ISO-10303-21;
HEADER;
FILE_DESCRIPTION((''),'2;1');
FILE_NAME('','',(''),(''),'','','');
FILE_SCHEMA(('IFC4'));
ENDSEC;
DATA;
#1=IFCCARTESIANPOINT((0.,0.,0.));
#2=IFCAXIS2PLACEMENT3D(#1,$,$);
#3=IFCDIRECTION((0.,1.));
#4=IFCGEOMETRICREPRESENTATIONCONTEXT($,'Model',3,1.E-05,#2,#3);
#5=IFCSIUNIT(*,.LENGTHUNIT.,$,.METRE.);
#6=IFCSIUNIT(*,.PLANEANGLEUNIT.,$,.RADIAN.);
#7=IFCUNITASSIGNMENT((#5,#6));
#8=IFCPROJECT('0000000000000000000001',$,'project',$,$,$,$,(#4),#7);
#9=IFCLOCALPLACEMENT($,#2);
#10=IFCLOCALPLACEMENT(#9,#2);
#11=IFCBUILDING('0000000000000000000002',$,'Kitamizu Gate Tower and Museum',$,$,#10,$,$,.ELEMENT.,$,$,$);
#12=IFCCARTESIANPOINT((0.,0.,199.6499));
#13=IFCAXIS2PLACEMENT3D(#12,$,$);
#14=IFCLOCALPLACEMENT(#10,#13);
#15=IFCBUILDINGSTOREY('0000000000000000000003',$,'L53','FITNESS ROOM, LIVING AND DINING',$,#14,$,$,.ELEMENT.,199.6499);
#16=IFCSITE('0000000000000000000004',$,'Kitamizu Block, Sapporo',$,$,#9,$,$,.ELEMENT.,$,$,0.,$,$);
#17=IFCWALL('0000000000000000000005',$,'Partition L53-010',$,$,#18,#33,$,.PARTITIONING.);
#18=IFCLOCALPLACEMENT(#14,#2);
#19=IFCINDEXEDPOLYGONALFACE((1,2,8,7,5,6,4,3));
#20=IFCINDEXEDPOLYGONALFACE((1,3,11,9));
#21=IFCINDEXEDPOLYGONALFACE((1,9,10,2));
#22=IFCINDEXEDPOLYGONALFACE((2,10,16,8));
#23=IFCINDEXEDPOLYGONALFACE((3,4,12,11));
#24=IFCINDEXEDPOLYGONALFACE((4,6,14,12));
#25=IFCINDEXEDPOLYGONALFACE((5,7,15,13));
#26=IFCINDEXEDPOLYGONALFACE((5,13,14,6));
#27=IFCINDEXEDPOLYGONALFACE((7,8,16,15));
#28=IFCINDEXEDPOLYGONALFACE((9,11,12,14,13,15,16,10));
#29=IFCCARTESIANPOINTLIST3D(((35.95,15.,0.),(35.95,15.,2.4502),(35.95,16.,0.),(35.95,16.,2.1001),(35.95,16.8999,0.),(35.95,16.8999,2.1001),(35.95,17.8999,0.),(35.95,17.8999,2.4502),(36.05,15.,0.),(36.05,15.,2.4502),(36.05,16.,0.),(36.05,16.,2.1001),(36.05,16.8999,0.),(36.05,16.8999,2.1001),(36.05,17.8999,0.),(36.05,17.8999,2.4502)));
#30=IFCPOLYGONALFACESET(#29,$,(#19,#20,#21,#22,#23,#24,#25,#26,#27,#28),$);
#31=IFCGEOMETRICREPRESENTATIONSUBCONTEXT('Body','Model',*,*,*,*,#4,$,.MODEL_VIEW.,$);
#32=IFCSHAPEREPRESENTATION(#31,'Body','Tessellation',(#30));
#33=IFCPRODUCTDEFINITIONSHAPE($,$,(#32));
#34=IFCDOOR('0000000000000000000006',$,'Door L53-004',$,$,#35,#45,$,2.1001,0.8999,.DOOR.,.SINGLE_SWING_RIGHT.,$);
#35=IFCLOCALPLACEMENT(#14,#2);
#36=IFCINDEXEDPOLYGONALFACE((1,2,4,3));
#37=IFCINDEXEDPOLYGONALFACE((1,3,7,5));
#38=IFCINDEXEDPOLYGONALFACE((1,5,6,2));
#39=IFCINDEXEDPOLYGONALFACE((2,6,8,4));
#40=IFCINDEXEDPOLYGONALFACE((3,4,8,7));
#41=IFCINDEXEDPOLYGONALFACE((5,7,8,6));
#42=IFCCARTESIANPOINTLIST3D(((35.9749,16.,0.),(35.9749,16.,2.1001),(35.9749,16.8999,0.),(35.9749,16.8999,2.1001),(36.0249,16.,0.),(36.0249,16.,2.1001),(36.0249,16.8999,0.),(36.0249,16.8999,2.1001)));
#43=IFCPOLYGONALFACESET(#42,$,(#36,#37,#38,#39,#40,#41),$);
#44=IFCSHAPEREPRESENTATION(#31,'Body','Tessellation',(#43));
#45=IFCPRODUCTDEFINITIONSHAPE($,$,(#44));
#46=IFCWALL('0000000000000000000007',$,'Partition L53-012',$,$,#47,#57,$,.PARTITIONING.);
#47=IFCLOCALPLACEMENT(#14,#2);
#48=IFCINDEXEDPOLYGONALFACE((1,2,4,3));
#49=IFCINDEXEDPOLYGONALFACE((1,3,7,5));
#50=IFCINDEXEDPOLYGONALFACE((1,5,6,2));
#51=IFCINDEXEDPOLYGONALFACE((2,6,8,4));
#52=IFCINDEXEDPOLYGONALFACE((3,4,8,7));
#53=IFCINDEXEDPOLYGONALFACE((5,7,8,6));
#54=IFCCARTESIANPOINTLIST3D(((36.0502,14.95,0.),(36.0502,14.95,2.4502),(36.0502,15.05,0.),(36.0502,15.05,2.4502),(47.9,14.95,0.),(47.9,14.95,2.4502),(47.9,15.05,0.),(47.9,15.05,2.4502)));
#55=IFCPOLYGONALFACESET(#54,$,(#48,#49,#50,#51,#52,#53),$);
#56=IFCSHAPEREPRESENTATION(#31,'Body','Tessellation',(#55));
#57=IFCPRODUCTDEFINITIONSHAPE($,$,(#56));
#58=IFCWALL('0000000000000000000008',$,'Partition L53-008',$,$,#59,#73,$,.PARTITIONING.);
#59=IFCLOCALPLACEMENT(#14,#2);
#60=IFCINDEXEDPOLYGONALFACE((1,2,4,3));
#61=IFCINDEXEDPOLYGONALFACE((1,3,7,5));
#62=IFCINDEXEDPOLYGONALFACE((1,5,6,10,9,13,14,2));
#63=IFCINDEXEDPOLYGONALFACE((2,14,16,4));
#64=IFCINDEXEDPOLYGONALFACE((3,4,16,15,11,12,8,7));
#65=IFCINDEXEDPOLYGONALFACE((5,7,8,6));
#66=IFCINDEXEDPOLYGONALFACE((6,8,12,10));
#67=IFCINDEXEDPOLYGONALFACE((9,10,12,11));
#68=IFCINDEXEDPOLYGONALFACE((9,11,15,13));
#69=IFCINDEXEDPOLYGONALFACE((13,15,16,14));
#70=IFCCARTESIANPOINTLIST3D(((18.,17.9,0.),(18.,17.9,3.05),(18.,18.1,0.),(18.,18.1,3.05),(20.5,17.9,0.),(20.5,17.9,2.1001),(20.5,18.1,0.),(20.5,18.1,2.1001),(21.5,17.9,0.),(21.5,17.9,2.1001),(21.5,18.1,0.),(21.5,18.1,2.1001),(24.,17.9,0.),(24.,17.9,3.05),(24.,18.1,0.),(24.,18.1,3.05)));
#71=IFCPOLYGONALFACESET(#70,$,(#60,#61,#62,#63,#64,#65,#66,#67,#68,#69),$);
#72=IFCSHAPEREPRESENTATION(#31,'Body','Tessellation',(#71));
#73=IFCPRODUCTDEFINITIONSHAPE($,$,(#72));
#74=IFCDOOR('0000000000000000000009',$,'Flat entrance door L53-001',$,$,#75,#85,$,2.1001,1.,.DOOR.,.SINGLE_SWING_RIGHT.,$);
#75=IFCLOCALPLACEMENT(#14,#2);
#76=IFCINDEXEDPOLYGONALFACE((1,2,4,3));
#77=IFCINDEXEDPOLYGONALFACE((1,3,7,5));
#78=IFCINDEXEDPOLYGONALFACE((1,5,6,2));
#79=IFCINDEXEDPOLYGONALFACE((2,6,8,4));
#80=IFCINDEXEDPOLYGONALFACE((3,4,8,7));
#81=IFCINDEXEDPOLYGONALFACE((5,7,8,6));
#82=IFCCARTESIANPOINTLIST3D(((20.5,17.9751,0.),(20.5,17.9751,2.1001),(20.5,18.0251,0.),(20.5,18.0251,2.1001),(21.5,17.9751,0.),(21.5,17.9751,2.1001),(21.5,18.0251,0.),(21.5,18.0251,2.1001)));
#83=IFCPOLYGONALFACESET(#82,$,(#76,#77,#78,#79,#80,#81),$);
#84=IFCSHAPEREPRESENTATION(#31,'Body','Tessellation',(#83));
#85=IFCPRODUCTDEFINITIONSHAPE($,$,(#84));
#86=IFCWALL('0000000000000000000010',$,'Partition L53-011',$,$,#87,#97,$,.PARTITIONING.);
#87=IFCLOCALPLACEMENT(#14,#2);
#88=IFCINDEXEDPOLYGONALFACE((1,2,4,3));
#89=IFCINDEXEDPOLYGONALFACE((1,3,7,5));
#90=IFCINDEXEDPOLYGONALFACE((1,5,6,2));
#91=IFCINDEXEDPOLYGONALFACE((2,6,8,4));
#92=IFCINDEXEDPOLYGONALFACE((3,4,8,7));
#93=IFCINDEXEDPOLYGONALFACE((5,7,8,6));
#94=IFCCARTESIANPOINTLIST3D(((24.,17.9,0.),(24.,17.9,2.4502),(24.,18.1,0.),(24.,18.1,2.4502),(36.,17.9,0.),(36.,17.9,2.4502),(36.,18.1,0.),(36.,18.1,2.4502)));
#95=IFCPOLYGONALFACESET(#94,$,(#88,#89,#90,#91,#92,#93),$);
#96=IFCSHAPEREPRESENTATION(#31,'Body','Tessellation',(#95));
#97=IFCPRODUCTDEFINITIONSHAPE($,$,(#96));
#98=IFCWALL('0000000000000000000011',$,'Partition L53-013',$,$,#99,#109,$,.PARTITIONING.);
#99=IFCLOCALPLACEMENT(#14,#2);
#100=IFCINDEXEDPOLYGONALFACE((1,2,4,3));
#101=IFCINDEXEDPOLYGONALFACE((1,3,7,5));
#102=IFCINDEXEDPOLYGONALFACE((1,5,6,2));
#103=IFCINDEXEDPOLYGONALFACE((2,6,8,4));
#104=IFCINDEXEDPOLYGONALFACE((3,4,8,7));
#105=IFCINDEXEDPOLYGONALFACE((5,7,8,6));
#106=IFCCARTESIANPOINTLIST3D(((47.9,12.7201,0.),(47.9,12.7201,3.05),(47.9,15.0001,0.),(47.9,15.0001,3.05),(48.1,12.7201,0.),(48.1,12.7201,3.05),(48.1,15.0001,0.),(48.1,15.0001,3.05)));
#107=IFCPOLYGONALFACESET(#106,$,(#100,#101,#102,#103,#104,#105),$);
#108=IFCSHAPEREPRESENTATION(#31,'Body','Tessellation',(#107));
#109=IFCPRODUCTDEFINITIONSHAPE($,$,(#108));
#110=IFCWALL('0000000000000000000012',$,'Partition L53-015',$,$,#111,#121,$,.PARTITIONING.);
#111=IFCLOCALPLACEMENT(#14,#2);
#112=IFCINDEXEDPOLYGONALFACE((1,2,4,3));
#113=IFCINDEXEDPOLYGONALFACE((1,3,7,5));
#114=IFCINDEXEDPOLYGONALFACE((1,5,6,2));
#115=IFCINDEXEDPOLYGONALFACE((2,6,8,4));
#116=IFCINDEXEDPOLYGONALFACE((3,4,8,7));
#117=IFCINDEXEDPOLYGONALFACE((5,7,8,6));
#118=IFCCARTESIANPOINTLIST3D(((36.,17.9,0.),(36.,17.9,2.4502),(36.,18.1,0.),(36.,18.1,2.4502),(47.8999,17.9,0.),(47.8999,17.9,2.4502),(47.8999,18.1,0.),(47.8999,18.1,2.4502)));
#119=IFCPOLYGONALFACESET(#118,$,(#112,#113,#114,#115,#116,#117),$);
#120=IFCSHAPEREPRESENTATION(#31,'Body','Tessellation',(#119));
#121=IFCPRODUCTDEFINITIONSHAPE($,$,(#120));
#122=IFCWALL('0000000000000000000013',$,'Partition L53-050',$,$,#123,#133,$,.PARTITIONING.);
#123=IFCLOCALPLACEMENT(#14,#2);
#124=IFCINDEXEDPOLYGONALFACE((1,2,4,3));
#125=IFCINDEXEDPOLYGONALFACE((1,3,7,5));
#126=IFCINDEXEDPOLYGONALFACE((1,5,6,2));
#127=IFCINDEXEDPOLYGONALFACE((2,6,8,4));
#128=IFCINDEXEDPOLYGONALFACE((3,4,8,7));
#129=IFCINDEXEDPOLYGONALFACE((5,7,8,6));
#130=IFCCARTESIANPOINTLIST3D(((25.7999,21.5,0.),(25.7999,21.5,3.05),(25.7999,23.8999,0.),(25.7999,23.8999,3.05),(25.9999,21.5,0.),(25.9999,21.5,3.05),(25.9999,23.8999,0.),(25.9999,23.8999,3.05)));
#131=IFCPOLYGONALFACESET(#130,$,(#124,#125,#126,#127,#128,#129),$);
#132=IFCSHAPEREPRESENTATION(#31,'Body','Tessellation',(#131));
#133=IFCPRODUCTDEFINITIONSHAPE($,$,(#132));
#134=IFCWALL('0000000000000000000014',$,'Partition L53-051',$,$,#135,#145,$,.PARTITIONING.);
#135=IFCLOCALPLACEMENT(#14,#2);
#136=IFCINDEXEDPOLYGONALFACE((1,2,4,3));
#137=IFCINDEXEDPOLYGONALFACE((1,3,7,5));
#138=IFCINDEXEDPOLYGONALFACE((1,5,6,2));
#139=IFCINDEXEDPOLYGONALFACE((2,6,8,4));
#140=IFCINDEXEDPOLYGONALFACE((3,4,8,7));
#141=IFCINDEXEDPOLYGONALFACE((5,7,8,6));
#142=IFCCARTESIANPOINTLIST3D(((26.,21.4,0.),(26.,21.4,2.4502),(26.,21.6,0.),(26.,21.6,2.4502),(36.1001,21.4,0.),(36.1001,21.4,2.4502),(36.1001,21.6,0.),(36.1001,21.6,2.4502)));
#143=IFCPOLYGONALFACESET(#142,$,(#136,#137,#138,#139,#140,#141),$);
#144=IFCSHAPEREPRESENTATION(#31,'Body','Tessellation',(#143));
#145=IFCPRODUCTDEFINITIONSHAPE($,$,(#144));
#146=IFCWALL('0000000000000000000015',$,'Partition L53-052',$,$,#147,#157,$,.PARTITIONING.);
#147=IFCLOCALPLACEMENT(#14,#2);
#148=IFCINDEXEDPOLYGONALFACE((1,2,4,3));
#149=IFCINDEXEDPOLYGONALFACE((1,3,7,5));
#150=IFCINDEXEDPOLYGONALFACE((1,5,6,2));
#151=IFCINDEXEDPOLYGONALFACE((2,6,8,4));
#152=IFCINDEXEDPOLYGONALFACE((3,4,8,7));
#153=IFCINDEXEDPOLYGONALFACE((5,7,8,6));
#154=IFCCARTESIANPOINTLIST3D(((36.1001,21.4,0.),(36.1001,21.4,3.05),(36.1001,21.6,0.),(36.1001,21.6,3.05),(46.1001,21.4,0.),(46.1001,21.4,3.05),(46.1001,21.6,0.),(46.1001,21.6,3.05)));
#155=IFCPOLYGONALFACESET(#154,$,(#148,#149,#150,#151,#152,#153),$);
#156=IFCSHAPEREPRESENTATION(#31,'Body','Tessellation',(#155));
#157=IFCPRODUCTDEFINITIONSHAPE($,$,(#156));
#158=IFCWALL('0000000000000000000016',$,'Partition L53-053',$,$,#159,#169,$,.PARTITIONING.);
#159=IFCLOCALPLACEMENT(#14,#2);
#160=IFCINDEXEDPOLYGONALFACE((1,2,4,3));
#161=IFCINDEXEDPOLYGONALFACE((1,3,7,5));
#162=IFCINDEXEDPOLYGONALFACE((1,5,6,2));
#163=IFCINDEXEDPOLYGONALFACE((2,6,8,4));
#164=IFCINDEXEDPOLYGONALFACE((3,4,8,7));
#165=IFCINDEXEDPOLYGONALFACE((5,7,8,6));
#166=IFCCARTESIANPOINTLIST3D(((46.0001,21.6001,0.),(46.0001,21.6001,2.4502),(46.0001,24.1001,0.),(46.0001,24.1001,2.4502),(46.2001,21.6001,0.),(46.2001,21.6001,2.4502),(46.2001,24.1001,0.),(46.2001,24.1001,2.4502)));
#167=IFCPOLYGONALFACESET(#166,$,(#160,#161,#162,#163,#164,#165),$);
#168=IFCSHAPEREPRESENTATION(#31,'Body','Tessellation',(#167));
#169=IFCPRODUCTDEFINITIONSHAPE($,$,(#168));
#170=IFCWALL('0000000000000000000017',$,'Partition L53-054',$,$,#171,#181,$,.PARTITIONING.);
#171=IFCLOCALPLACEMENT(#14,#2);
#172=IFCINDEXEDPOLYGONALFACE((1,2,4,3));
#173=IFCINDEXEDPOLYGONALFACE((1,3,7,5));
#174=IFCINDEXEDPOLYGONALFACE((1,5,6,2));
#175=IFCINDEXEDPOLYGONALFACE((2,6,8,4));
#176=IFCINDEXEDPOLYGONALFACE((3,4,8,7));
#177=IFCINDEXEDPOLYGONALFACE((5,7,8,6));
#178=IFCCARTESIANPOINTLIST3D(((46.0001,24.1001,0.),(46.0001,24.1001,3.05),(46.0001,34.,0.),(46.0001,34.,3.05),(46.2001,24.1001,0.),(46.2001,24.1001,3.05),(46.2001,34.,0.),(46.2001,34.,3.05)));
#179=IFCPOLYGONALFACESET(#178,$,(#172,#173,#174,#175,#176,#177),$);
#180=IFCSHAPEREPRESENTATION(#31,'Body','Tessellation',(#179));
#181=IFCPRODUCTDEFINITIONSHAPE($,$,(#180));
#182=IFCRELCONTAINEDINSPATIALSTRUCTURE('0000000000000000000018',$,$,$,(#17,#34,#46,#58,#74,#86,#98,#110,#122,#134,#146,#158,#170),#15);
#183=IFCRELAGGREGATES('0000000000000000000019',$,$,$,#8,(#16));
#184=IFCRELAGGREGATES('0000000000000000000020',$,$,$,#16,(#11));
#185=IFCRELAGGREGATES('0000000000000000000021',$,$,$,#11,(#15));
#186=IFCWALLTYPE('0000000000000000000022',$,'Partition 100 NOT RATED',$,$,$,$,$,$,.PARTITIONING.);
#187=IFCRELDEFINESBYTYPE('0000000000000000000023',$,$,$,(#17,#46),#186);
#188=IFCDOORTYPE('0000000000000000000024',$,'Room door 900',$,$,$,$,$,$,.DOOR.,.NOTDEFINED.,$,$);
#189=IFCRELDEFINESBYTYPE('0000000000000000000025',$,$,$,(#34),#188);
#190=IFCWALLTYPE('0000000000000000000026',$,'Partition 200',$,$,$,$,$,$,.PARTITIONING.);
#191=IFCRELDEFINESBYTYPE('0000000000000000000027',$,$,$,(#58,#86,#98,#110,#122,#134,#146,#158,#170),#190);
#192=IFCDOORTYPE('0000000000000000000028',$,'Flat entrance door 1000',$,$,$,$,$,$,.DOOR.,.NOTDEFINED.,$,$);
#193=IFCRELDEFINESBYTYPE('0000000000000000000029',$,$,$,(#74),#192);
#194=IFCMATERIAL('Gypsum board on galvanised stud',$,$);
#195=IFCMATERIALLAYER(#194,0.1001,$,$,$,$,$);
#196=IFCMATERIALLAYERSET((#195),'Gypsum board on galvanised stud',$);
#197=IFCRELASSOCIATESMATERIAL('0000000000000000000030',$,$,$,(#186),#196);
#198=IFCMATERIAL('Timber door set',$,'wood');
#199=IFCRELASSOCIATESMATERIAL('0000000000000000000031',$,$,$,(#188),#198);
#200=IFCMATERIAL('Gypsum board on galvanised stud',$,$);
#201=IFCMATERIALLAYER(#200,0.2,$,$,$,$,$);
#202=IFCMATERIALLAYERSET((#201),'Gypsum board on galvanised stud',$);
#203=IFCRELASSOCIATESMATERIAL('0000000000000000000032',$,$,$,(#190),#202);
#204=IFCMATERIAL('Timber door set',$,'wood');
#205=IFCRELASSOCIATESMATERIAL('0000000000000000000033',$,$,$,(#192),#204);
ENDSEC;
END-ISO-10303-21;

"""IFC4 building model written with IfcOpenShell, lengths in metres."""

from ifc_helpers import new_model, si_unit, direction, frame, frame_2d, origin, place, context, subcontext, project, spatial, rectangle, extrude, material, layer, layer_set, type_object, element, fill, save


model = new_model("IFC4")

# Units and contexts
model_context = context("Model", 3, precision=1e-05, world=origin(), true_north=direction((0.0, 1.0)))
body_context = subcontext(model_context, "Body", "Model", "MODEL_VIEW")
ifc_project = project(units=[si_unit("LENGTHUNIT", "METRE"), si_unit("PLANEANGLEUNIT", "RADIAN")], contexts=[model_context])

# Site, building, storey
site_placement = place(None, origin())
site = spatial("IfcSite", under=ifc_project, at=site_placement, Name="Kitamizu Block, Sapporo", CompositionType="ELEMENT", RefElevation=0.0)
building_placement = place(site_placement, origin())
building = spatial("IfcBuilding", under=site, at=building_placement, Name="Kitamizu Gate Tower and Museum", CompositionType="ELEMENT")
storey_placement = place(building_placement, frame((0.0, 0.0, 199.6499)))
storey = spatial("IfcBuildingStorey", under=building, at=storey_placement, Name="L53", Description="FITNESS ROOM, LIVING AND DINING", CompositionType="ELEMENT", Elevation=199.6499)

# Wall, opening, door
ifc_material_1 = material(Name="Gypsum board on galvanised stud")
ifc_layer_1 = layer(ifc_material_1, 0.1001)
ifc_layer_set_1 = layer_set([ifc_layer_1], Name="Gypsum board on galvanised stud")
wall_type_1 = type_object("IfcWallType", Name="Partition 100 NOT RATED", PredefinedType="PARTITIONING", material=ifc_layer_set_1)
ifc_material_2 = material(Name="Timber door set", Category="wood")
door_type_1 = type_object("IfcDoorType", Name="Room door 900", OperationType="NOTDEFINED", PredefinedType="DOOR", material=ifc_material_2)
wall_1_placement = place(storey_placement, frame((36.0, 15.0, 0.0), z_axis=(0.0, 0.0, 1.0), x_axis=(0.0, 1.0, 0.0)))
wall_1 = element("IfcWall", 1, at=wall_1_placement, inside=storey, type_object=wall_type_1, Name="Partition L53-010", PredefinedType="PARTITIONING", context=body_context, shape_type="SweptSolid", body=[
    extrude(rectangle(XDim=2.8999, YDim=0.1001, at=frame_2d((1.45, 0.0))), origin(), (0.0, 0.0, 1.0), 2.4502),
])
opening_1_placement = place(wall_1_placement, frame((1.0, 0.0, 0.0)))
opening_1 = element("IfcOpeningElement", 2, at=opening_1_placement, cuts=wall_1, PredefinedType="OPENING", context=body_context, shape_type="SweptSolid", body=[
    extrude(rectangle(XDim=0.8999, YDim=2.1001, at=frame_2d((0.45, 1.05))), frame((0.0, 0.0601, 0.0), z_axis=(0.0, -1.0, 0.0), x_axis=(1.0, 0.0, 0.0)), (0.0, 0.0, 1.0), 0.1201),
])
door_1_placement = place(opening_1_placement, frame((0.8999, 0.0, 0.0), x_axis=(-1.0, 0.0, 0.0)))
door_1 = element("IfcDoor", 3, at=door_1_placement, inside=storey, type_object=door_type_1, Name="Door L53-004", OperationType="SINGLE_SWING_RIGHT", OverallHeight=2.1001, OverallWidth=0.8999, PredefinedType="DOOR", context=body_context, shape_type="SweptSolid", body=[
    extrude(rectangle(XDim=0.8999, YDim=2.1001, at=frame_2d((0.45, 1.05))), frame((0.0, 0.0249, 0.0), z_axis=(0.0, -1.0, 0.0), x_axis=(1.0, 0.0, 0.0)), (0.0, 0.0, 1.0), 0.05),
])
fill(opening_1, door_1)

# Wall
wall_2_placement = place(storey_placement, frame((47.8999, 15.0, 0.0), z_axis=(0.0, 0.0, 1.0), x_axis=(-1.0, 0.0, 0.0)))
element("IfcWall", 4, at=wall_2_placement, inside=storey, type_object=wall_type_1, Name="Partition L53-012", PredefinedType="PARTITIONING", context=body_context, shape_type="SweptSolid", body=[
    extrude(rectangle(XDim=11.8499, YDim=0.1001, at=frame_2d((5.9248, 0.0))), origin(), (0.0, 0.0, 1.0), 2.4502),
])

# Wall, opening, door
ifc_material_3 = material(Name="Gypsum board on galvanised stud")
ifc_layer_2 = layer(ifc_material_3, 0.2)
ifc_layer_set_2 = layer_set([ifc_layer_2], Name="Gypsum board on galvanised stud")
wall_type_2 = type_object("IfcWallType", Name="Partition 200", PredefinedType="PARTITIONING", material=ifc_layer_set_2)
wall_3_placement = place(storey_placement, frame((24.0, 18.0, 0.0), z_axis=(0.0, 0.0, 1.0), x_axis=(-1.0, 0.0, 0.0)))
wall_3 = element("IfcWall", 5, at=wall_3_placement, inside=storey, type_object=wall_type_2, Name="Partition L53-008", PredefinedType="PARTITIONING", context=body_context, shape_type="SweptSolid", body=[
    extrude(rectangle(XDim=6.0, YDim=0.2, at=frame_2d((3.0, 0.0))), origin(), (0.0, 0.0, 1.0), 3.05),
])
opening_2_placement = place(wall_3_placement, frame((2.5, 0.0, 0.0)))
opening_2 = element("IfcOpeningElement", 6, at=opening_2_placement, cuts=wall_3, PredefinedType="OPENING", context=body_context, shape_type="SweptSolid", body=[
    extrude(rectangle(XDim=1.0, YDim=2.1001, at=frame_2d((0.5, 1.05))), frame((0.0, 0.1099, 0.0), z_axis=(0.0, -1.0, 0.0), x_axis=(1.0, 0.0, 0.0)), (0.0, 0.0, 1.0), 0.22),
])
ifc_material_4 = material(Name="Timber door set", Category="wood")
door_type_2 = type_object("IfcDoorType", Name="Flat entrance door 1000", OperationType="NOTDEFINED", PredefinedType="DOOR", material=ifc_material_4)
door_2_placement = place(opening_2_placement, origin())
door_2 = element("IfcDoor", 7, at=door_2_placement, inside=storey, type_object=door_type_2, Name="Flat entrance door L53-001", OperationType="SINGLE_SWING_RIGHT", OverallHeight=2.1001, OverallWidth=1.0, PredefinedType="DOOR", context=body_context, shape_type="SweptSolid", body=[
    extrude(rectangle(XDim=1.0, YDim=2.1001, at=frame_2d((0.5, 1.05))), frame((0.0, 0.0249, 0.0), z_axis=(0.0, -1.0, 0.0), x_axis=(1.0, 0.0, 0.0)), (0.0, 0.0, 1.0), 0.05),
])
fill(opening_2, door_2)

# Walls
wall_4_placement = place(storey_placement, frame((36.0, 18.0, 0.0), z_axis=(0.0, 0.0, 1.0), x_axis=(-1.0, 0.0, 0.0)))
element("IfcWall", 8, at=wall_4_placement, inside=storey, type_object=wall_type_2, Name="Partition L53-011", PredefinedType="PARTITIONING", context=body_context, shape_type="SweptSolid", body=[
    extrude(rectangle(XDim=12.0, YDim=0.2, at=frame_2d((6.0, 0.0))), origin(), (0.0, 0.0, 1.0), 2.4502),
])
wall_5_placement = place(storey_placement, frame((48.0, 12.72, 0.0), z_axis=(0.0, 0.0, 1.0), x_axis=(0.0, 1.0, 0.0)))
element("IfcWall", 9, at=wall_5_placement, inside=storey, type_object=wall_type_2, Name="Partition L53-013", PredefinedType="PARTITIONING", context=body_context, shape_type="SweptSolid", body=[
    extrude(rectangle(XDim=2.28, YDim=0.2, at=frame_2d((1.1401, 0.0))), origin(), (0.0, 0.0, 1.0), 3.05),
])
wall_6_placement = place(storey_placement, frame((47.8999, 18.0, 0.0), z_axis=(0.0, 0.0, 1.0), x_axis=(-1.0, 0.0, 0.0)))
element("IfcWall", 10, at=wall_6_placement, inside=storey, type_object=wall_type_2, Name="Partition L53-015", PredefinedType="PARTITIONING", context=body_context, shape_type="SweptSolid", body=[
    extrude(rectangle(XDim=11.8999, YDim=0.2, at=frame_2d((5.95, 0.0))), origin(), (0.0, 0.0, 1.0), 2.4502),
])
wall_7_placement = place(storey_placement, frame((25.8999, 23.8999, 0.0), z_axis=(0.0, 0.0, 1.0), x_axis=(0.0, -1.0, 0.0)))
element("IfcWall", 11, at=wall_7_placement, inside=storey, type_object=wall_type_2, Name="Partition L53-050", PredefinedType="PARTITIONING", context=body_context, shape_type="SweptSolid", body=[
    extrude(rectangle(XDim=2.3999, YDim=0.2, at=frame_2d((1.2, 0.0))), origin(), (0.0, 0.0, 1.0), 3.05),
])
wall_8_placement = place(storey_placement, frame((26.0, 21.5, 0.0), z_axis=(0.0, 0.0, 1.0), x_axis=(1.0, 0.0, 0.0)))
element("IfcWall", 12, at=wall_8_placement, inside=storey, type_object=wall_type_2, Name="Partition L53-051", PredefinedType="PARTITIONING", context=body_context, shape_type="SweptSolid", body=[
    extrude(rectangle(XDim=10.1001, YDim=0.2, at=frame_2d((5.05, 0.0))), origin(), (0.0, 0.0, 1.0), 2.4502),
])
wall_9_placement = place(storey_placement, frame((36.1001, 21.5, 0.0), z_axis=(0.0, 0.0, 1.0), x_axis=(1.0, 0.0, 0.0)))
element("IfcWall", 13, at=wall_9_placement, inside=storey, type_object=wall_type_2, Name="Partition L53-052", PredefinedType="PARTITIONING", context=body_context, shape_type="SweptSolid", body=[
    extrude(rectangle(XDim=10.0, YDim=0.2, at=frame_2d((5.0, 0.0))), origin(), (0.0, 0.0, 1.0), 3.05),
])
wall_10_placement = place(storey_placement, frame((46.1001, 21.6001, 0.0), z_axis=(0.0, 0.0, 1.0), x_axis=(0.0, 1.0, 0.0)))
element("IfcWall", 14, at=wall_10_placement, inside=storey, type_object=wall_type_2, Name="Partition L53-053", PredefinedType="PARTITIONING", context=body_context, shape_type="SweptSolid", body=[
    extrude(rectangle(XDim=2.5, YDim=0.2, at=frame_2d((1.25, 0.0))), origin(), (0.0, 0.0, 1.0), 2.4502),
])
wall_11_placement = place(storey_placement, frame((46.1001, 24.1001, 0.0), z_axis=(0.0, 0.0, 1.0), x_axis=(0.0, 1.0, 0.0)))
element("IfcWall", 15, at=wall_11_placement, inside=storey, type_object=wall_type_2, Name="Partition L53-054", PredefinedType="PARTITIONING", context=body_context, shape_type="SweptSolid", body=[
    extrude(rectangle(XDim=9.8999, YDim=0.2, at=frame_2d((4.95, 0.0))), origin(), (0.0, 0.0, 1.0), 3.05),
])

save(model, "model.ifc")
